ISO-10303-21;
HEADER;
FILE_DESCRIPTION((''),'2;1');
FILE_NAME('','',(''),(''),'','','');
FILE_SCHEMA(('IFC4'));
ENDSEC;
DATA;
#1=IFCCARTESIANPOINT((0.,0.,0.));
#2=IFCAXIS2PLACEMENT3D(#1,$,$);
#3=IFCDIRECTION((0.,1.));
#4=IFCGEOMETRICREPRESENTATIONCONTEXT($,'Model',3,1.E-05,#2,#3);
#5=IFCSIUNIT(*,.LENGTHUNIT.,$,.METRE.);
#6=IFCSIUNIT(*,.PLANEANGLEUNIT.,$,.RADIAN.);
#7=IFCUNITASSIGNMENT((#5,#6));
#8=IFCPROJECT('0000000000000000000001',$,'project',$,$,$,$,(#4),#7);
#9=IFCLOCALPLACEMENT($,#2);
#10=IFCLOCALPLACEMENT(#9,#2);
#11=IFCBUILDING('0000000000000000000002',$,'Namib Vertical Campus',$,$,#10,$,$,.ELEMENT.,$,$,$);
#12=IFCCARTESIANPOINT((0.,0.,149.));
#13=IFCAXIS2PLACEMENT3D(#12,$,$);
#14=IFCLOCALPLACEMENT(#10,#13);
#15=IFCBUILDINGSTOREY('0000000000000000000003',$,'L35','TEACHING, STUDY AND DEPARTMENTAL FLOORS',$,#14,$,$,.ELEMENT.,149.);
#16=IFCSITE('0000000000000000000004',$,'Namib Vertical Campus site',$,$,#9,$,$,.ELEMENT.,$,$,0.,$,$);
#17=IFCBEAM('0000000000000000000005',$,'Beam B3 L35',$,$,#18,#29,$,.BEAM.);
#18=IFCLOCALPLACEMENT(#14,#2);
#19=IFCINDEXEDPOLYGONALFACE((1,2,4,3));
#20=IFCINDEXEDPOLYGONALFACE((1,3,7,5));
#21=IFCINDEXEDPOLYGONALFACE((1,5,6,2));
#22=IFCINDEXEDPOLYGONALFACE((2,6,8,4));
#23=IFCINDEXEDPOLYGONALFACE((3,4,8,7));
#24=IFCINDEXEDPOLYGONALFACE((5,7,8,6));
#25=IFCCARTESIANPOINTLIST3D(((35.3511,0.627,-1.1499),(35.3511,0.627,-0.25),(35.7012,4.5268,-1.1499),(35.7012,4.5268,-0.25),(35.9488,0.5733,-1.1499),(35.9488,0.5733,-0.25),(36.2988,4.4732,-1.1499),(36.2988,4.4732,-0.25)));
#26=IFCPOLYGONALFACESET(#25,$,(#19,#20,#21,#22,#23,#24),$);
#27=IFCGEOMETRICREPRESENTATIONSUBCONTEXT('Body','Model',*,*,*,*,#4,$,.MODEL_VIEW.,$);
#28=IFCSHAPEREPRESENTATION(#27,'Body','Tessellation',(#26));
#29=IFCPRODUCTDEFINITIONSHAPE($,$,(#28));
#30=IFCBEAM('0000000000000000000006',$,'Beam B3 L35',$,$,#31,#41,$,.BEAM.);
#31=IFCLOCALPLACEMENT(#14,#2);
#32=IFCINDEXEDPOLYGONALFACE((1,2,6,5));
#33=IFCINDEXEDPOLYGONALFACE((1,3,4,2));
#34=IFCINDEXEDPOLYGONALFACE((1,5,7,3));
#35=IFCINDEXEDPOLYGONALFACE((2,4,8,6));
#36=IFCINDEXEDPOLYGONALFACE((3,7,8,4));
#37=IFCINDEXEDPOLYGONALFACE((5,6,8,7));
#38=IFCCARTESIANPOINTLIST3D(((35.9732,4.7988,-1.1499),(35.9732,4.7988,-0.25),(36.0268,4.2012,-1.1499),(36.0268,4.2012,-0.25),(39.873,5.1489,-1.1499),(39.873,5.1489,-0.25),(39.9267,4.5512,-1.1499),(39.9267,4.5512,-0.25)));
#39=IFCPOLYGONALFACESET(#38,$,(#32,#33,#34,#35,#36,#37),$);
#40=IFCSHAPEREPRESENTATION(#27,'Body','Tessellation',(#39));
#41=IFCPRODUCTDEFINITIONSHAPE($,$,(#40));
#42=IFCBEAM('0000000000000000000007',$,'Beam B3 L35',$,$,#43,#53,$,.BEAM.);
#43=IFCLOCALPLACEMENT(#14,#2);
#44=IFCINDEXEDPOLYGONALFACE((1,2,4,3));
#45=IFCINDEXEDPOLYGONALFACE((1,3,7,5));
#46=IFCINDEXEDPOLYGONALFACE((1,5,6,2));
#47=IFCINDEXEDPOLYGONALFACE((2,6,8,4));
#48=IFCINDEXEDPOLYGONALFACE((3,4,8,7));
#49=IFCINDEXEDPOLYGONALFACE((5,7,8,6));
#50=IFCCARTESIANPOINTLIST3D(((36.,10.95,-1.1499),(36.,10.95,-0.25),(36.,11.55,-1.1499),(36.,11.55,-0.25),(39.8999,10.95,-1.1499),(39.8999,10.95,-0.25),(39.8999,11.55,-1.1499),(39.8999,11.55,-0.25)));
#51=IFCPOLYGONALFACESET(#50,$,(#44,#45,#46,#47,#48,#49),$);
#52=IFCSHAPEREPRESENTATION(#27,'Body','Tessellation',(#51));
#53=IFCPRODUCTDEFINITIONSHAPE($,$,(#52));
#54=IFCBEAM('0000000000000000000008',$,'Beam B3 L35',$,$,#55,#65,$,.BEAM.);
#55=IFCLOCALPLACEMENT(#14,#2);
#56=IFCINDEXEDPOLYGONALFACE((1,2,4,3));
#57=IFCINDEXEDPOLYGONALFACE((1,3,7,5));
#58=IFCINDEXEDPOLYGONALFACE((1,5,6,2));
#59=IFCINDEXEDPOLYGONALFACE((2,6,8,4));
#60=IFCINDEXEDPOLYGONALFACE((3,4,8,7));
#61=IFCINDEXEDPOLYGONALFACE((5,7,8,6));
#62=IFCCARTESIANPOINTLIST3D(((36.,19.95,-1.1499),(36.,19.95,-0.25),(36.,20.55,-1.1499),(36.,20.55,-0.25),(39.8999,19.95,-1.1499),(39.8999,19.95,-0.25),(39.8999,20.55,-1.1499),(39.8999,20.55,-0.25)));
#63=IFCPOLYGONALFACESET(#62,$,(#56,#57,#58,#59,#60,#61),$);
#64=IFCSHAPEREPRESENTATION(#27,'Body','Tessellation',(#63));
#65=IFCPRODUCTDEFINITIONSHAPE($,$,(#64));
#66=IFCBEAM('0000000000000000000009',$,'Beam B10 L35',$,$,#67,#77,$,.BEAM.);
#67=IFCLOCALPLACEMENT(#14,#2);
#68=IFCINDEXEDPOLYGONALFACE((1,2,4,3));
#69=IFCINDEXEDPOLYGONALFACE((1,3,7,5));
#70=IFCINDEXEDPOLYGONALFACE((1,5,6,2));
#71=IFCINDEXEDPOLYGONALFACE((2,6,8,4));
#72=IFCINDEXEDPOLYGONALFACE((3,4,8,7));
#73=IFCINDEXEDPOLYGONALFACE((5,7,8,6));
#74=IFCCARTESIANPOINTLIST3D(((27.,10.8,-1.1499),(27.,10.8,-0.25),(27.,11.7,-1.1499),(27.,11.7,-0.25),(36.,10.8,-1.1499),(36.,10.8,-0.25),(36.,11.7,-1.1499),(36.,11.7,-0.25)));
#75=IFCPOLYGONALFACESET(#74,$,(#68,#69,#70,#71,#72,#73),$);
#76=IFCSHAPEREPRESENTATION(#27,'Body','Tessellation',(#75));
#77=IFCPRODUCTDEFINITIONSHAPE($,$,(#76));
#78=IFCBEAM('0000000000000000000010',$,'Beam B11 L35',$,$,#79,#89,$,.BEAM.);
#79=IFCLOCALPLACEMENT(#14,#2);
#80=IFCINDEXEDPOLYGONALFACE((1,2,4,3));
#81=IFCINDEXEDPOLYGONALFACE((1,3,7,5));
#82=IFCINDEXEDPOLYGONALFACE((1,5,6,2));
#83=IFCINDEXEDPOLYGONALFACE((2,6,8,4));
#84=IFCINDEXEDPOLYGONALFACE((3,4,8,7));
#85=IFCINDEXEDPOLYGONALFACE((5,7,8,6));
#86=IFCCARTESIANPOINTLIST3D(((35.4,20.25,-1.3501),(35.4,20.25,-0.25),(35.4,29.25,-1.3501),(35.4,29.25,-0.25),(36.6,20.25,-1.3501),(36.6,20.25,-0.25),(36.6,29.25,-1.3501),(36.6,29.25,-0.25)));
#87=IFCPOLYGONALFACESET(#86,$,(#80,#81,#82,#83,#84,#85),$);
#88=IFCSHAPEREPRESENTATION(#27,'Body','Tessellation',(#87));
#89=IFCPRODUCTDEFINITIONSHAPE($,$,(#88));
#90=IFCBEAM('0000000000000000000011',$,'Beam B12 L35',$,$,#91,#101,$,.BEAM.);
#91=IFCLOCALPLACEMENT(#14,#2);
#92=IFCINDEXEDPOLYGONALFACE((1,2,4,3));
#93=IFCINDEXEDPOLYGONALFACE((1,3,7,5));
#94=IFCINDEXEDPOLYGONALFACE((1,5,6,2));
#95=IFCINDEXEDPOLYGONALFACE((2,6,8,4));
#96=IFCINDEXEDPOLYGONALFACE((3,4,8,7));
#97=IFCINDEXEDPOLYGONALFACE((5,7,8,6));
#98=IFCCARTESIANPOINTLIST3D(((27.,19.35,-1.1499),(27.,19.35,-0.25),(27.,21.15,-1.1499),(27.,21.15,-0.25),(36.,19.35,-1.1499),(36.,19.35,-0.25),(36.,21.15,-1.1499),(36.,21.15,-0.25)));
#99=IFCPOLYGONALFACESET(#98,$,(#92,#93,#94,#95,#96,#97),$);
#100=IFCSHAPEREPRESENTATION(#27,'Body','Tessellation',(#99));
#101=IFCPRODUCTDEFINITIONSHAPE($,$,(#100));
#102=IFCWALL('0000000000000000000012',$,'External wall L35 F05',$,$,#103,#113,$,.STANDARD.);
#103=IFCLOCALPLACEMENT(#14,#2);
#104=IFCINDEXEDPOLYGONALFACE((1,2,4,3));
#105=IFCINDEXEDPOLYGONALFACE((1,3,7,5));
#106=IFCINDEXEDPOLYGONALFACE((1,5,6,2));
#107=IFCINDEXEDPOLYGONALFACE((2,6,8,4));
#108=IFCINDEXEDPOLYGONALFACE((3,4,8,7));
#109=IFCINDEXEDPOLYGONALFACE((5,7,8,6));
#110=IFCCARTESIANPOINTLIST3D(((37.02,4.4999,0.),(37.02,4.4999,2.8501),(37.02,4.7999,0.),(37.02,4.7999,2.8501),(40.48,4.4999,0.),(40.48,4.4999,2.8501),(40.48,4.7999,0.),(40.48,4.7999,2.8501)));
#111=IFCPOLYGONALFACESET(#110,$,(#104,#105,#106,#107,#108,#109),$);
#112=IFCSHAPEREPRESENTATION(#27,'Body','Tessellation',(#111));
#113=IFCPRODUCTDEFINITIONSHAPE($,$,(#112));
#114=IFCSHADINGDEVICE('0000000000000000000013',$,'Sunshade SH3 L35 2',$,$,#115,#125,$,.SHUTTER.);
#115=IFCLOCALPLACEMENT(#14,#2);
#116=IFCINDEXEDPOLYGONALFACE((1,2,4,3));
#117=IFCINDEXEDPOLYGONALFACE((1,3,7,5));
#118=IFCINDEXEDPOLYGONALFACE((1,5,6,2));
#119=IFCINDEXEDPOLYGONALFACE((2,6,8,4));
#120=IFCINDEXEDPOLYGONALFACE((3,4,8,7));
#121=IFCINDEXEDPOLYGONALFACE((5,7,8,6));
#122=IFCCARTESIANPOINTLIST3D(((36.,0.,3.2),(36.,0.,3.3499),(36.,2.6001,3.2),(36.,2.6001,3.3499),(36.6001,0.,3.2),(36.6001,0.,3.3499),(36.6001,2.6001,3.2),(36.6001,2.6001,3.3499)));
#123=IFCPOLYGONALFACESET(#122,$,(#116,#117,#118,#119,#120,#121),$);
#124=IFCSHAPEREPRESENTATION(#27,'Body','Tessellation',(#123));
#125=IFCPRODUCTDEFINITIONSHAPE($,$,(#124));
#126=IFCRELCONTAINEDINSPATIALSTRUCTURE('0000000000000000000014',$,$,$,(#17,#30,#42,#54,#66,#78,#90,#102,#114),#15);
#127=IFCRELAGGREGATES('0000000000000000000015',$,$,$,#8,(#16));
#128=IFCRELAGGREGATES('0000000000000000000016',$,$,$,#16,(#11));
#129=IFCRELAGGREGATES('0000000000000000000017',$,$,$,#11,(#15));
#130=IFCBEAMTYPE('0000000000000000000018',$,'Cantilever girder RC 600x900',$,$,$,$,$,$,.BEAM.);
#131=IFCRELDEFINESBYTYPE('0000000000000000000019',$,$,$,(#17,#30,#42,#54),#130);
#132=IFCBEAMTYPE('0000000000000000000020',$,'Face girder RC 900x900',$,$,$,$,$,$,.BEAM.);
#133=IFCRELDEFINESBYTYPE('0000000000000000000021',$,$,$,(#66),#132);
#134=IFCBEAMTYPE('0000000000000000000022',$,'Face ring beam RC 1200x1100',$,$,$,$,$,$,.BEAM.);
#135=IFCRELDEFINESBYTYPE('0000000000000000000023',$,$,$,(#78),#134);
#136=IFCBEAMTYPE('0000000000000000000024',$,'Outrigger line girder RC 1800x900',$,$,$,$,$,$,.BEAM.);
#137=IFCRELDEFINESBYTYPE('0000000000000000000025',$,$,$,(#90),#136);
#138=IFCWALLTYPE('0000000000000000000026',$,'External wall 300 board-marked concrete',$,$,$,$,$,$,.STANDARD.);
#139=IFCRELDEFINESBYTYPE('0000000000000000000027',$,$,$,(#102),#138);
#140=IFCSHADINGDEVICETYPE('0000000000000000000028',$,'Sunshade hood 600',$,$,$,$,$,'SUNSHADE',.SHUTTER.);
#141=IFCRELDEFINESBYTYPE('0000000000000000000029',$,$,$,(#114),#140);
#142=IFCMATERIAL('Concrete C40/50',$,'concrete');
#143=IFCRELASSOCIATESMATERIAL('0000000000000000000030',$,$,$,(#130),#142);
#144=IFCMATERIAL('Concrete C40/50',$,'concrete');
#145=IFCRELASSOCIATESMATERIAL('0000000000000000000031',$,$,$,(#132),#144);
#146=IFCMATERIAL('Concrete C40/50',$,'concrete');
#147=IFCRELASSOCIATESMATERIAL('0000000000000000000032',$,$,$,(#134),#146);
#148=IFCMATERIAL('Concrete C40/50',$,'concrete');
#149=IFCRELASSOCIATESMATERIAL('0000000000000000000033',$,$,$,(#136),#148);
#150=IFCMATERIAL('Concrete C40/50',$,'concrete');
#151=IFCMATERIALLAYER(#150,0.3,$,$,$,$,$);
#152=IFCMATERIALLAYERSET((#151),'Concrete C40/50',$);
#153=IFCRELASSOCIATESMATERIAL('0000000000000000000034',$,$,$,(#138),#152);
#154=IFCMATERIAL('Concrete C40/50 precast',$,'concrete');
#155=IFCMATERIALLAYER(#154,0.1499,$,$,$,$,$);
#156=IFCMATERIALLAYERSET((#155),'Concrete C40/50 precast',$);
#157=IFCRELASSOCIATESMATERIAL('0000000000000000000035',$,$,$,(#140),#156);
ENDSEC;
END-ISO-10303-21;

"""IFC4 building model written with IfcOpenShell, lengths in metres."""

from ifc_helpers import new_model, si_unit, direction, frame, frame_2d, origin, origin_2d, place, context, subcontext, project, spatial, rectangle, extrude, material, layer, layer_set, material_profile, profile_set, type_object, element, save


model = new_model("IFC4")

# Units and contexts
model_context = context("Model", 3, precision=1e-05, world=origin(), true_north=direction((0.0, 1.0)))
body_context = subcontext(model_context, "Body", "Model", "MODEL_VIEW")
ifc_project = project(units=[si_unit("LENGTHUNIT", "METRE"), si_unit("PLANEANGLEUNIT", "RADIAN")], contexts=[model_context])

# Site, building, storey
site_placement = place(None, origin())
site = spatial("IfcSite", under=ifc_project, at=site_placement, Name="Namib Vertical Campus site", CompositionType="ELEMENT", RefElevation=0.0)
building_placement = place(site_placement, origin())
building = spatial("IfcBuilding", under=site, at=building_placement, Name="Namib Vertical Campus", CompositionType="ELEMENT")
storey_placement = place(building_placement, frame((0.0, 0.0, 149.0)))
storey = spatial("IfcBuildingStorey", under=building, at=storey_placement, Name="L35", Description="TEACHING, STUDY AND DEPARTMENTAL FLOORS", CompositionType="ELEMENT", Elevation=149.0)

# Beams
ifc_material_1 = material(Name="Concrete C40/50", Category="concrete")
ifc_material_profile_1 = material_profile(ifc_material_1, rectangle(XDim=0.6001, YDim=0.8999, at=origin_2d()))
ifc_profile_set_1 = profile_set([ifc_material_profile_1], Name="Concrete C40/50")
beam_type_1 = type_object("IfcBeamType", Name="Cantilever girder RC 600x900", PredefinedType="BEAM", material=ifc_profile_set_1)
for number, where, z_axis, x_axis, name in (
    (1, (36.0, 4.5, -0.7), (-0.089411, -0.995995, 0.0), (0.995995, -0.089411, 0.0), "Beam B3 L35"),
    (2, (36.0, 4.5, -0.7), (0.995995, 0.089411, 0.0), (-0.089411, 0.995995, 0.0), "Beam B3 L35"),
):
    element("IfcBeam", number, at=place(storey_placement, frame(where, z_axis=z_axis, x_axis=x_axis)), inside=storey, type_object=beam_type_1, Name=name, PredefinedType="BEAM", context=body_context, shape_type="SweptSolid", body=[
        extrude(rectangle(XDim=0.6001, YDim=0.8999, at=origin_2d()), origin(), (0.0, 0.0, 1.0), 3.9155),
    ])
for number, where, z_axis, x_axis, name in (
    (3, (36.0, 11.25, -0.7), (1.0, 0.0, 0.0), (0.0, 1.0, 0.0), "Beam B3 L35"),
    (4, (36.0, 20.25, -0.7), (1.0, 0.0, 0.0), (0.0, 1.0, 0.0), "Beam B3 L35"),
):
    element("IfcBeam", number, at=place(storey_placement, frame(where, z_axis=z_axis, x_axis=x_axis)), inside=storey, type_object=beam_type_1, Name=name, PredefinedType="BEAM", context=body_context, shape_type="SweptSolid", body=[
        extrude(rectangle(XDim=0.6001, YDim=0.8999, at=origin_2d()), origin(), (0.0, 0.0, 1.0), 3.8999),
    ])
ifc_material_2 = material(Name="Concrete C40/50", Category="concrete")
ifc_material_profile_2 = material_profile(ifc_material_2, rectangle(XDim=0.8999, YDim=0.8999, at=origin_2d()))
ifc_profile_set_2 = profile_set([ifc_material_profile_2], Name="Concrete C40/50")
beam_type_2 = type_object("IfcBeamType", Name="Face girder RC 900x900", PredefinedType="BEAM", material=ifc_profile_set_2)
beam_1_placement = place(storey_placement, frame((36.0, 11.25, -0.7), z_axis=(-1.0, 0.0, 0.0), x_axis=(0.0, -1.0, 0.0)))
element("IfcBeam", 5, at=beam_1_placement, inside=storey, type_object=beam_type_2, Name="Beam B10 L35", PredefinedType="BEAM", context=body_context, shape_type="SweptSolid", body=[
    extrude(rectangle(XDim=0.8999, YDim=0.8999, at=origin_2d()), origin(), (0.0, 0.0, 1.0), 9.0),
])
ifc_material_3 = material(Name="Concrete C40/50", Category="concrete")
ifc_material_profile_3 = material_profile(ifc_material_3, rectangle(XDim=1.2, YDim=1.1001, at=origin_2d()))
ifc_profile_set_3 = profile_set([ifc_material_profile_3], Name="Concrete C40/50")
beam_type_3 = type_object("IfcBeamType", Name="Face ring beam RC 1200x1100", PredefinedType="BEAM", material=ifc_profile_set_3)
beam_2_placement = place(storey_placement, frame((36.0, 20.25, -0.8), z_axis=(0.0, 1.0, 0.0), x_axis=(-1.0, 0.0, 0.0)))
element("IfcBeam", 6, at=beam_2_placement, inside=storey, type_object=beam_type_3, Name="Beam B11 L35", PredefinedType="BEAM", context=body_context, shape_type="SweptSolid", body=[
    extrude(rectangle(XDim=1.2, YDim=1.1001, at=origin_2d()), origin(), (0.0, 0.0, 1.0), 9.0),
])
ifc_material_4 = material(Name="Concrete C40/50", Category="concrete")
ifc_material_profile_4 = material_profile(ifc_material_4, rectangle(XDim=1.8, YDim=0.8999, at=origin_2d()))
ifc_profile_set_4 = profile_set([ifc_material_profile_4], Name="Concrete C40/50")
beam_type_4 = type_object("IfcBeamType", Name="Outrigger line girder RC 1800x900", PredefinedType="BEAM", material=ifc_profile_set_4)
beam_3_placement = place(storey_placement, frame((36.0, 20.25, -0.7), z_axis=(-1.0, 0.0, 0.0), x_axis=(0.0, -1.0, 0.0)))
element("IfcBeam", 7, at=beam_3_placement, inside=storey, type_object=beam_type_4, Name="Beam B12 L35", PredefinedType="BEAM", context=body_context, shape_type="SweptSolid", body=[
    extrude(rectangle(XDim=1.8, YDim=0.8999, at=origin_2d()), origin(), (0.0, 0.0, 1.0), 9.0),
])

# Wall
ifc_material_5 = material(Name="Concrete C40/50", Category="concrete")
ifc_layer_1 = layer(ifc_material_5, 0.3)
ifc_layer_set_1 = layer_set([ifc_layer_1], Name="Concrete C40/50")
wall_type = type_object("IfcWallType", Name="External wall 300 board-marked concrete", PredefinedType="STANDARD", material=ifc_layer_set_1)
wall_placement = place(storey_placement, frame((37.02, 4.6499, 0.0), z_axis=(0.0, 0.0, 1.0), x_axis=(1.0, 0.0, 0.0)))
element("IfcWall", 8, at=wall_placement, inside=storey, type_object=wall_type, Name="External wall L35 F05", PredefinedType="STANDARD", context=body_context, shape_type="SweptSolid", body=[
    extrude(rectangle(XDim=3.46, YDim=0.3, at=frame_2d((1.73, 0.0))), origin(), (0.0, 0.0, 1.0), 2.8501),
])

# Shading device
ifc_material_6 = material(Name="Concrete C40/50 precast", Category="concrete")
ifc_layer_2 = layer(ifc_material_6, 0.1499)
ifc_layer_set_2 = layer_set([ifc_layer_2], Name="Concrete C40/50 precast")
shading_device_type = type_object("IfcShadingDeviceType", Name="Sunshade hood 600", ElementType="SUNSHADE", PredefinedType="SHUTTER", material=ifc_layer_set_2)
shading_device_placement = place(storey_placement, frame((36.3, 1.3, 3.2), z_axis=(0.0, 0.0, 1.0), x_axis=(0.0, 1.0, 0.0)))
element("IfcShadingDevice", 9, at=shading_device_placement, inside=storey, type_object=shading_device_type, Name="Sunshade SH3 L35 2", PredefinedType="SHUTTER", context=body_context, shape_type="SweptSolid", body=[
    extrude(rectangle(XDim=2.6001, YDim=0.6001, at=origin_2d()), origin(), (0.0, 0.0, 1.0), 0.1499),
])

save(model, "model.ifc")
